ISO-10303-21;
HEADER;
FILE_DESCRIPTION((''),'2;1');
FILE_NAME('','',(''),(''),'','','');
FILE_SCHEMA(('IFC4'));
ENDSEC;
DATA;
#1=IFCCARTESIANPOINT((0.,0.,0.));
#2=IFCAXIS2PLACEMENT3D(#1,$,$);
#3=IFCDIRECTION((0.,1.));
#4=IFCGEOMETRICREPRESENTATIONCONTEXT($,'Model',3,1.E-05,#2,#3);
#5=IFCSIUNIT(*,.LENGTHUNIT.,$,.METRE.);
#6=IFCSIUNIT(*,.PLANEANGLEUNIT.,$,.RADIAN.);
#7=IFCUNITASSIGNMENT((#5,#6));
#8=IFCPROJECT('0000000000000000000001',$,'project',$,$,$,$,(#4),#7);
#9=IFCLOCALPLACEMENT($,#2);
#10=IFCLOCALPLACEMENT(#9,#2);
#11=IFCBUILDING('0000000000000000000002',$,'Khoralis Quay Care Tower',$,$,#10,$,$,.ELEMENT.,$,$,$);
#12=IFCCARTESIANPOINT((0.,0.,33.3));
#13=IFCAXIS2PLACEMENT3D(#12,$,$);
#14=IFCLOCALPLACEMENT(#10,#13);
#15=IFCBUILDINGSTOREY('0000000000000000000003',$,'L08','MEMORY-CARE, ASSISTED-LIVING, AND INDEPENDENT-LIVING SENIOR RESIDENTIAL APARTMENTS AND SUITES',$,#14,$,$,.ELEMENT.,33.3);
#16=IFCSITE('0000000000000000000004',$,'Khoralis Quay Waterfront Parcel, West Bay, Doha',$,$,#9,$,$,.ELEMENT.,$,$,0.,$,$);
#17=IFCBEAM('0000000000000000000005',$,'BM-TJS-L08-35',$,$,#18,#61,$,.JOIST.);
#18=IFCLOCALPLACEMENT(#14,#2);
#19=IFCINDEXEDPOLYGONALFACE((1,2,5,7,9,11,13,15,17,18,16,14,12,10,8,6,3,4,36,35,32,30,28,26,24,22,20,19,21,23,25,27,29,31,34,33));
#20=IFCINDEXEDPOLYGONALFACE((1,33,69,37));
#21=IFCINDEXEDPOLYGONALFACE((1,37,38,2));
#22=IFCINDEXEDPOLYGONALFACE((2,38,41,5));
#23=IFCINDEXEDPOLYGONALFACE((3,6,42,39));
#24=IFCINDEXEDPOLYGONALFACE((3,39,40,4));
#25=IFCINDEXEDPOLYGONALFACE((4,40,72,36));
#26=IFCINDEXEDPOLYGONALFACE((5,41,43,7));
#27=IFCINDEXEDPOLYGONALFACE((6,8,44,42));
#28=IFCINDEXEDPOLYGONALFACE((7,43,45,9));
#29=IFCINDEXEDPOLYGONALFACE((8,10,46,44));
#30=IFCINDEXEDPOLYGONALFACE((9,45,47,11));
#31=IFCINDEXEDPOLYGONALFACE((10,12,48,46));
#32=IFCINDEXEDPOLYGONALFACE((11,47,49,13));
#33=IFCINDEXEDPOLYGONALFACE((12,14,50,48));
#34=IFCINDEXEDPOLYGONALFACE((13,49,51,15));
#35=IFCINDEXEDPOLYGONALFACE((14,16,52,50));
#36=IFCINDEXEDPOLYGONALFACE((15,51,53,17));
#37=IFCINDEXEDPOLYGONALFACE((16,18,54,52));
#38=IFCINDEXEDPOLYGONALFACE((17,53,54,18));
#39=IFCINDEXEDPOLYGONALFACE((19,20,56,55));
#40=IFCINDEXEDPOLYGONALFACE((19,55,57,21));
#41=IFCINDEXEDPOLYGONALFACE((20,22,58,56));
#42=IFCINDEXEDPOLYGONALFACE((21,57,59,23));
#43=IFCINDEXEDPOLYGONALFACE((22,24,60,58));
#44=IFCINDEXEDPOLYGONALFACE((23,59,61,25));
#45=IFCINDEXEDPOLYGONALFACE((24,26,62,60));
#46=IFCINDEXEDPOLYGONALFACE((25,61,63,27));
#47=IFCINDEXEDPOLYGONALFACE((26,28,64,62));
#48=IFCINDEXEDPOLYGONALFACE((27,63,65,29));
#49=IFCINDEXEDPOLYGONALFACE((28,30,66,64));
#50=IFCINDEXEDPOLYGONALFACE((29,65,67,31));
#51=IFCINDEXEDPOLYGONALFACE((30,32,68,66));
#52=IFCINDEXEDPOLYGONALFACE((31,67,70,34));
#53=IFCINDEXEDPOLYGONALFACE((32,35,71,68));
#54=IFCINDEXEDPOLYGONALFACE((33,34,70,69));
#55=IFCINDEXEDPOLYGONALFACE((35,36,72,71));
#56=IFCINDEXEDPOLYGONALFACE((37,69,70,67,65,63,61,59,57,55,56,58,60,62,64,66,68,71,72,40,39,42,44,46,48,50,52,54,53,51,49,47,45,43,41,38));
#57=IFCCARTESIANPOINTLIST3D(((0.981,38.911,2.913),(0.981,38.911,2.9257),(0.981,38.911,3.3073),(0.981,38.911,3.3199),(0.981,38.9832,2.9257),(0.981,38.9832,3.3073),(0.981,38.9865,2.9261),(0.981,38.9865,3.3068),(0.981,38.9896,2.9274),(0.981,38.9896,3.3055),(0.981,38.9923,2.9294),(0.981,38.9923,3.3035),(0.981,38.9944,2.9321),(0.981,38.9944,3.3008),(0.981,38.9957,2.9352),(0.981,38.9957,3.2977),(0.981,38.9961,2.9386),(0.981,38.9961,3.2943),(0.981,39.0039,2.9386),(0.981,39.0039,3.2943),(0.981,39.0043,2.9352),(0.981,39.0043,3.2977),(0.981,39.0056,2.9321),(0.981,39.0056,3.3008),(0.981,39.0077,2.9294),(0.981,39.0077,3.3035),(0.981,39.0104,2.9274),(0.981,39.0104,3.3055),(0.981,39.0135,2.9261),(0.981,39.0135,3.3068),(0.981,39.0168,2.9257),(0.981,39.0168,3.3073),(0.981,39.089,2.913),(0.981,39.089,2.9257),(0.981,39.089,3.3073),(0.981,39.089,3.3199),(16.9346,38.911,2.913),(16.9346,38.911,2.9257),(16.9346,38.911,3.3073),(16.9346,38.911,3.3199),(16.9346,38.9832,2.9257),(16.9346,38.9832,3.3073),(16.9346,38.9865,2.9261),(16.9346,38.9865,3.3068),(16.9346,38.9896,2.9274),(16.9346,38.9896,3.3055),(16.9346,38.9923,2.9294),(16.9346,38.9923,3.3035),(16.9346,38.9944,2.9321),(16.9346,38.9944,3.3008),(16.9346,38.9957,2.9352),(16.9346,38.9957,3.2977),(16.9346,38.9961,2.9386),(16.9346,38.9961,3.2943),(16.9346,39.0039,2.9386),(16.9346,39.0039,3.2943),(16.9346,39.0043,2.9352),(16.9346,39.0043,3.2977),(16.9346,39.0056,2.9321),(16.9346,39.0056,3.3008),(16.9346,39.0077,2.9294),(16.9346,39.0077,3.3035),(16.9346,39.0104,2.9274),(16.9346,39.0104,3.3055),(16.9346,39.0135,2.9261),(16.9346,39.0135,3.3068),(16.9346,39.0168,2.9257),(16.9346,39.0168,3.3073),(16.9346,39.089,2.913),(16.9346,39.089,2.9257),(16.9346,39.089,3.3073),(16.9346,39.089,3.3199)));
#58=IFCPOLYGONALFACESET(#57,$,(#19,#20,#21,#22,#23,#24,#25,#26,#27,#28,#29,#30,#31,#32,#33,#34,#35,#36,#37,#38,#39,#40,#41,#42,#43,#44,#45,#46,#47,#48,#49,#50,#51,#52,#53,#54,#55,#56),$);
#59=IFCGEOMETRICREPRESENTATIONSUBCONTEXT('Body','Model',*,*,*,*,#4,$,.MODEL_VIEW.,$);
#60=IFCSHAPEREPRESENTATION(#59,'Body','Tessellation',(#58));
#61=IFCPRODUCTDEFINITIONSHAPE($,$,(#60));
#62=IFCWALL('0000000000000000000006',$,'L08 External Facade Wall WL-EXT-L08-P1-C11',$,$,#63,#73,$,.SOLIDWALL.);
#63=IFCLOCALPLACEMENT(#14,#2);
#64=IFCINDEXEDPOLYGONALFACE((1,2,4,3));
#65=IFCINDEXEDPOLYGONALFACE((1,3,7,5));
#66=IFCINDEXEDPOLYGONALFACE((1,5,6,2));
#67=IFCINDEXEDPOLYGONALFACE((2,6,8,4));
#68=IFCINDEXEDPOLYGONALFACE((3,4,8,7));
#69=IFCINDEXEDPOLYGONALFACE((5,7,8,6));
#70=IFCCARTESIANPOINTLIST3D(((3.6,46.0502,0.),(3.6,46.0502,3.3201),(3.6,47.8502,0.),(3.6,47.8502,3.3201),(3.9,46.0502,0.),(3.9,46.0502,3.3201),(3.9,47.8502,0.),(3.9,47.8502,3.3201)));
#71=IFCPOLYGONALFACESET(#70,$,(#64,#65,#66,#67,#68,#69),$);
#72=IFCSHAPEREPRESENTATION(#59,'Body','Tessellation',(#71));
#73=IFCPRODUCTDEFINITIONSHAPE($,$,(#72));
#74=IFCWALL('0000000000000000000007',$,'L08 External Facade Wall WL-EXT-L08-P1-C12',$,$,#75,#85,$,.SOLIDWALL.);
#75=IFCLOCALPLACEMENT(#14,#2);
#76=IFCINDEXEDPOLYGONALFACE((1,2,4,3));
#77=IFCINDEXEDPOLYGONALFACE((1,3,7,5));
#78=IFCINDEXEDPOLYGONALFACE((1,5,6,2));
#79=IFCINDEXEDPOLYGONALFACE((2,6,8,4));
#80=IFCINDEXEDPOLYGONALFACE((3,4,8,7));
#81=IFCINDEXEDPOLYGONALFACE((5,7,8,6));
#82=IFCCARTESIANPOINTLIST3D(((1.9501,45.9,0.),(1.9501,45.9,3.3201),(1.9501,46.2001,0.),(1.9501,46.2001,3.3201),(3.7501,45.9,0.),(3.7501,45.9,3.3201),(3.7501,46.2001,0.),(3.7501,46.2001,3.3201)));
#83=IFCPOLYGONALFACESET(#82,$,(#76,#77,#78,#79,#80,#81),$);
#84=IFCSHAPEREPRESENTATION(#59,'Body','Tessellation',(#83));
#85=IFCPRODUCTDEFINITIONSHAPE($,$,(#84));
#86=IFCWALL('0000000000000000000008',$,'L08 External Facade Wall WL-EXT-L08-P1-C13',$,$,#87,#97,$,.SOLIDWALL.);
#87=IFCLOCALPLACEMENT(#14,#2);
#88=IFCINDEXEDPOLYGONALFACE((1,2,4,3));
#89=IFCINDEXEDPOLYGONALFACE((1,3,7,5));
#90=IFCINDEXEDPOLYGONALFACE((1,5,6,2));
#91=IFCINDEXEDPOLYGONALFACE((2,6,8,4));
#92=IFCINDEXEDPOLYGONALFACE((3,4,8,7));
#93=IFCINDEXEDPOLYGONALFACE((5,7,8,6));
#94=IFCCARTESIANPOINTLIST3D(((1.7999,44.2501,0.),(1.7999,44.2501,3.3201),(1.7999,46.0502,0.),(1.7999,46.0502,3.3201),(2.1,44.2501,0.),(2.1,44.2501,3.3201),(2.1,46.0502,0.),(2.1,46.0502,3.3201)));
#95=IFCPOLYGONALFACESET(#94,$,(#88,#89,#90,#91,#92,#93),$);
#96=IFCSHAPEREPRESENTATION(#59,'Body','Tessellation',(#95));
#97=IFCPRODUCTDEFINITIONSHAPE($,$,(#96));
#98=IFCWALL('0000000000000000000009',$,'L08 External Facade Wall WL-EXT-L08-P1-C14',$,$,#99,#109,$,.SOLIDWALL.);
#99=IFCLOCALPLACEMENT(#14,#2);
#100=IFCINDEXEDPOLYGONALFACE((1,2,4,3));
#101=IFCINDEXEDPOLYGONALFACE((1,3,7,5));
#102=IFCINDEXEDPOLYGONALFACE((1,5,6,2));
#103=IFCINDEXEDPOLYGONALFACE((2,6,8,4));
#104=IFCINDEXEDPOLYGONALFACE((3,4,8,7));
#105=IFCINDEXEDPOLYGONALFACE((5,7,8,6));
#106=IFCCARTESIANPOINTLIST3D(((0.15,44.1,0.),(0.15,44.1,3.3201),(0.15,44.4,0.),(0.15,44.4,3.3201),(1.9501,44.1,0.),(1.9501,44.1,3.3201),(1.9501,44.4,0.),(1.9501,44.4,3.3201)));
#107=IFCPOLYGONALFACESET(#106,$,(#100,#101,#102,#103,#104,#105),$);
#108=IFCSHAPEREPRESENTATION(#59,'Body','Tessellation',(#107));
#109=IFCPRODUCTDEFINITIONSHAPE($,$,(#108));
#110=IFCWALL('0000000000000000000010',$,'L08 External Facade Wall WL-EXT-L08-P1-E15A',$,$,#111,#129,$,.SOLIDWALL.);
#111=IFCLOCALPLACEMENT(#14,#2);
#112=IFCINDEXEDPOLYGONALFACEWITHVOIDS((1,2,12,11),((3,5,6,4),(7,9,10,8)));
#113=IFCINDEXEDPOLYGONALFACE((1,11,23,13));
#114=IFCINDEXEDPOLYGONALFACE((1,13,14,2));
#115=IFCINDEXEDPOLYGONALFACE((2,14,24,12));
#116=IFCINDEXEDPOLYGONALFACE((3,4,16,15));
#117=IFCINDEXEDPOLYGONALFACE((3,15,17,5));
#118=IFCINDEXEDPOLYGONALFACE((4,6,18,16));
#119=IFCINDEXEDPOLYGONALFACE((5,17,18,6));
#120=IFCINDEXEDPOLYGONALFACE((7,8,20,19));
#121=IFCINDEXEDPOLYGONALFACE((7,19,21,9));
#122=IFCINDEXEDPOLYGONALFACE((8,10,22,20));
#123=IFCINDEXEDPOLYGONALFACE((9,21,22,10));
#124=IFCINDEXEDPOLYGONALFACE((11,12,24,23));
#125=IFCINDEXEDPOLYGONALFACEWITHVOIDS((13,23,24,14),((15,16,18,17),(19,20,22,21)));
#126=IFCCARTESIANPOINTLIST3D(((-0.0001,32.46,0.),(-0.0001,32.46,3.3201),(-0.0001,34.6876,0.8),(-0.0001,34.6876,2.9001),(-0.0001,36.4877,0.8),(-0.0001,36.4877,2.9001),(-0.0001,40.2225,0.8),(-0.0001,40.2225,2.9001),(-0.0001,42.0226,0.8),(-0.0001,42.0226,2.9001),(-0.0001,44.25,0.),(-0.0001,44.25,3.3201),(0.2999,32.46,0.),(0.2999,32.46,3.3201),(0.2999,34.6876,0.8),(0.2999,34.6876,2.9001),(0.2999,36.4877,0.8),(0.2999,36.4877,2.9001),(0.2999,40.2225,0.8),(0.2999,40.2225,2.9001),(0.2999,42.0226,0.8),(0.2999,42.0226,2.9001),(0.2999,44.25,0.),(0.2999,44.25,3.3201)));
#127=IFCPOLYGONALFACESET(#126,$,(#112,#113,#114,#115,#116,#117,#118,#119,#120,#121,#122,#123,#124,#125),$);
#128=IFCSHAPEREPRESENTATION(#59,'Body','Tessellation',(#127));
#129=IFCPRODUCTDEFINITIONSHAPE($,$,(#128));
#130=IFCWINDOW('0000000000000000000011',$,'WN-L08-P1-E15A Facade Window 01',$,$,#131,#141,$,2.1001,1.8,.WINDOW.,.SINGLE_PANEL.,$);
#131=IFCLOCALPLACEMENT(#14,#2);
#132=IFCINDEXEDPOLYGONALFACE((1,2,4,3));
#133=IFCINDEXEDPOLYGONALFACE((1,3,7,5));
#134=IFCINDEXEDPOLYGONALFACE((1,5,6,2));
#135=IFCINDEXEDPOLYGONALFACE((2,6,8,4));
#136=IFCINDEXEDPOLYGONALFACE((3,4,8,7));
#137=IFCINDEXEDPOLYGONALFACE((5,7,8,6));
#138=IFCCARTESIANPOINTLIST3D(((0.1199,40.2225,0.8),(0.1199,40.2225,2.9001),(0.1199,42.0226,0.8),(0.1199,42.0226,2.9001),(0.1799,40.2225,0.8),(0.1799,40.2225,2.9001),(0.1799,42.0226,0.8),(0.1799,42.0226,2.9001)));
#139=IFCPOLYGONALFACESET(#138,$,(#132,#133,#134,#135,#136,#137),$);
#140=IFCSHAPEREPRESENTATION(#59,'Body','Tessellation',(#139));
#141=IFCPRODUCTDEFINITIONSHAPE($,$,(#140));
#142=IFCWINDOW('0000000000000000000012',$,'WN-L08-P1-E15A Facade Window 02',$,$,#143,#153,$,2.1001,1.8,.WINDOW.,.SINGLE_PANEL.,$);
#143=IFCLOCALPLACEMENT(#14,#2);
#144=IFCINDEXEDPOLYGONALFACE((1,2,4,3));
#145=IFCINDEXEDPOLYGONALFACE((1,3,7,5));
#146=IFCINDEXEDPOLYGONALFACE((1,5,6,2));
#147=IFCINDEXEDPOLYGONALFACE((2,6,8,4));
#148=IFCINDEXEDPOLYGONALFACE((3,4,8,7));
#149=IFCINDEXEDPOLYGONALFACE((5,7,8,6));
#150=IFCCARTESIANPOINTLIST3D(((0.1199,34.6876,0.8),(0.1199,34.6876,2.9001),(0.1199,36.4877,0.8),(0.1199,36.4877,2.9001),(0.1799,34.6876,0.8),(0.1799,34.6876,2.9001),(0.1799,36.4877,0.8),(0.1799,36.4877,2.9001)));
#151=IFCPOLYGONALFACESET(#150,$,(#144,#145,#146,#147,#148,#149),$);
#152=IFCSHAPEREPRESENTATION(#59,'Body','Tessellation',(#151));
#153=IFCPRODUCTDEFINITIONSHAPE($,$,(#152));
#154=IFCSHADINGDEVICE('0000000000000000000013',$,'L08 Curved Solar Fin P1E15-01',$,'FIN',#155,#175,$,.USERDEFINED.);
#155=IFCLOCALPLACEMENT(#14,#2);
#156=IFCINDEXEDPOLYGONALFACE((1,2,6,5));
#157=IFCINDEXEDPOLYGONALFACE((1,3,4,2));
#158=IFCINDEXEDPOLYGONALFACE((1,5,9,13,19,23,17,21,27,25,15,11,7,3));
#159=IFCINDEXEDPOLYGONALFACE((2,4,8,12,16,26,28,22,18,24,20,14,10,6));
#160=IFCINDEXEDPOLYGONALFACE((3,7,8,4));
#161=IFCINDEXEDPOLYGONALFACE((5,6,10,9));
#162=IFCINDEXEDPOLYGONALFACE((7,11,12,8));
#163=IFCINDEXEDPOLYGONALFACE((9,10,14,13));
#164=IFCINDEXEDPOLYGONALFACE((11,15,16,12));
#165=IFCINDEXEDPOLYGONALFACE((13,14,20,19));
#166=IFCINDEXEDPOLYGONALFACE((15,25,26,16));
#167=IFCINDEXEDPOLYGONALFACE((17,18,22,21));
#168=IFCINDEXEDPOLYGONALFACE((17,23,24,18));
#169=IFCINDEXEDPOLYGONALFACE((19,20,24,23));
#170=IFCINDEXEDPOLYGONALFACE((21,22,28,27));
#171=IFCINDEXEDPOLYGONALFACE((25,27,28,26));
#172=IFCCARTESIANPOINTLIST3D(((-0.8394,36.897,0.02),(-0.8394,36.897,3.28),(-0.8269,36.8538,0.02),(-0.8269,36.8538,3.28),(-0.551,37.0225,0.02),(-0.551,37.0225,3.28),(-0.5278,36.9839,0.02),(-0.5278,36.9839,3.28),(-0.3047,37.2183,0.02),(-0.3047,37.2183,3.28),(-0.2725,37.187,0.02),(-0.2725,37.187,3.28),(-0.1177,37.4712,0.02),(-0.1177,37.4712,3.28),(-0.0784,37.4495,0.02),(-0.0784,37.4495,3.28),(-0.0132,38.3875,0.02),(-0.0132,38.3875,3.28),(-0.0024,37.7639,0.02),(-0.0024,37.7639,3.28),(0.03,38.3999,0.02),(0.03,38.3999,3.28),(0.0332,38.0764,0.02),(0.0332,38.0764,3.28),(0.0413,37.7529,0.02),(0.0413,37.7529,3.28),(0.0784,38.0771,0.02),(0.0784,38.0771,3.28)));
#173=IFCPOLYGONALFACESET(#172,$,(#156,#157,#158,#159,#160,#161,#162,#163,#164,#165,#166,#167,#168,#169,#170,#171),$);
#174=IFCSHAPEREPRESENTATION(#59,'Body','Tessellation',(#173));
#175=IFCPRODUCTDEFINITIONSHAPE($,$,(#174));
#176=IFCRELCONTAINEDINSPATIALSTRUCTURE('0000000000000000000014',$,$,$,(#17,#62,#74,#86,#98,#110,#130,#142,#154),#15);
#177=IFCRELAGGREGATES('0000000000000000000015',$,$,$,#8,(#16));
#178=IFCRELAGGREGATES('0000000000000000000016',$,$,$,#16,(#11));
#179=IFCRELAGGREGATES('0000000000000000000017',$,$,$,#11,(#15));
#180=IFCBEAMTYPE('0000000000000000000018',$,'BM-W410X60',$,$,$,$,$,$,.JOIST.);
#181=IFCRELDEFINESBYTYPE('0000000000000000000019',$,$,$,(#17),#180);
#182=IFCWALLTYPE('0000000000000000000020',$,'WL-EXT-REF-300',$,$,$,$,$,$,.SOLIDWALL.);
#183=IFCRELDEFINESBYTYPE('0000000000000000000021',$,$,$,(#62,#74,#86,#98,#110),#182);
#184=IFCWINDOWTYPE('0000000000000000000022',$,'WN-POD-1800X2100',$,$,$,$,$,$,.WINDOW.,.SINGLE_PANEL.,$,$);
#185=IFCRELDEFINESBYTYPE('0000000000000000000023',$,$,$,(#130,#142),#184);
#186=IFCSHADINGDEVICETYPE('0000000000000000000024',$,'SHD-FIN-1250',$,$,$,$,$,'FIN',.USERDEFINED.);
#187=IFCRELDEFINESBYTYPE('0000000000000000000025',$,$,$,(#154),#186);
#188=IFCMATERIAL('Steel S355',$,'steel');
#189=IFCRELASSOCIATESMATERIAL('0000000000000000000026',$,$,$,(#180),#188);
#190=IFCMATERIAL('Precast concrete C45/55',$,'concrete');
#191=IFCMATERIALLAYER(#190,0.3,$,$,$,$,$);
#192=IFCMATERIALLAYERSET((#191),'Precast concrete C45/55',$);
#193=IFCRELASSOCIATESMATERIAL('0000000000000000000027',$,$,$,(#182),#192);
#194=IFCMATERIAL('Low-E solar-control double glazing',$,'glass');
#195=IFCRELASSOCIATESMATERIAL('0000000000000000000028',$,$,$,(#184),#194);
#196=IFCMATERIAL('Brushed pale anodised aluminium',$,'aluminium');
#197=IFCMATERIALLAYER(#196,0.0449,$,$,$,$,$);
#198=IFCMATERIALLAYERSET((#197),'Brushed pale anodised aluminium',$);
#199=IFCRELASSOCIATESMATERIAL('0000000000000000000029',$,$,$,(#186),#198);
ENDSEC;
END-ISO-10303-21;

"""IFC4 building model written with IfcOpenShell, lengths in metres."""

from ifc_helpers import new_model, si_unit, direction, frame, frame_2d, origin, origin_2d, place, context, subcontext, project, spatial, polyline, rectangle, i_section, outline, extrude, source, transform, mapped, material, layer, layer_set, material_profile, profile_set, type_object, element, fill, save


model = new_model("IFC4")

# Units and contexts
model_context = context("Model", 3, precision=1e-05, world=origin(), true_north=direction((0.0, 1.0)))
body_context = subcontext(model_context, "Body", "Model", "MODEL_VIEW")
ifc_project = project(units=[si_unit("LENGTHUNIT", "METRE"), si_unit("PLANEANGLEUNIT", "RADIAN")], contexts=[model_context])

# Site, building, storey
site_placement = place(None, origin())
site = spatial("IfcSite", under=ifc_project, at=site_placement, Name="Khoralis Quay Waterfront Parcel, West Bay, Doha", CompositionType="ELEMENT", RefElevation=0.0)
building_placement = place(site_placement, origin())
building = spatial("IfcBuilding", under=site, at=building_placement, Name="Khoralis Quay Care Tower", CompositionType="ELEMENT")
storey_placement = place(building_placement, frame((0.0, 0.0, 33.3)))
storey = spatial("IfcBuildingStorey", under=building, at=storey_placement, Name="L08", Description="MEMORY-CARE, ASSISTED-LIVING, AND INDEPENDENT-LIVING SENIOR RESIDENTIAL APARTMENTS AND SUITES", CompositionType="ELEMENT", Elevation=33.3)

# Beam
ifc_material_1 = material(Name="Steel S355", Category="steel")
ifc_material_profile_1 = material_profile(ifc_material_1, i_section(OverallWidth=0.178, OverallDepth=0.407, WebThickness=0.0078, FlangeThickness=0.0127, FilletRadius=0.0129, at=origin_2d()), Name="Steel S355")
ifc_profile_set_1 = profile_set([ifc_material_profile_1], Name="Steel S355")
beam_type_1 = type_object("IfcBeamType", Name="BM-W410X60", PredefinedType="JOIST", material=ifc_profile_set_1)
shared_shape_1 = source(origin(), body_context, "Body", "SweptSolid", [
    extrude(i_section(OverallWidth=0.178, OverallDepth=0.407, WebThickness=0.0078, FlangeThickness=0.0127, FilletRadius=0.0129, at=origin_2d()), origin(), (0.0, 0.0, 1.0), 15.9536),
])
beam_1_placement = place(storey_placement, frame((0.981, 39.0, 3.1165), z_axis=(1.0, 0.0, 0.0), x_axis=(0.0, 1.0, 0.0)))
element("IfcBeam", 1, at=beam_1_placement, inside=storey, type_object=beam_type_1, Name="BM-TJS-L08-35", PredefinedType="JOIST", context=body_context, shape_type="MappedRepresentation", body=[
    mapped(shared_shape_1, transform((0.0, 0.0, 0.0), scale=1.0)),
])

# Walls
ifc_material_2 = material(Name="Precast concrete C45/55", Category="concrete")
ifc_layer_1 = layer(ifc_material_2, 0.3)
ifc_layer_set_1 = layer_set([ifc_layer_1], Name="Precast concrete C45/55")
wall_type = type_object("IfcWallType", Name="WL-EXT-REF-300", PredefinedType="SOLIDWALL", material=ifc_layer_set_1)
for number, where, z_axis, x_axis, name in (
    (2, (3.75, 47.8501, 0.0), (0.0, 0.0, 1.0), (0.0, -1.0, 0.0), "L08 External Facade Wall WL-EXT-L08-P1-C11"),
    (3, (3.75, 46.05, 0.0), (0.0, 0.0, 1.0), (-1.0, 0.0, 0.0), "L08 External Facade Wall WL-EXT-L08-P1-C12"),
    (4, (1.95, 46.05, 0.0), (0.0, 0.0, 1.0), (0.0, -1.0, 0.0), "L08 External Facade Wall WL-EXT-L08-P1-C13"),
    (5, (1.95, 44.25, 0.0), (0.0, 0.0, 1.0), (-1.0, 0.0, 0.0), "L08 External Facade Wall WL-EXT-L08-P1-C14"),
):
    element("IfcWall", number, at=place(storey_placement, frame(where, z_axis=z_axis, x_axis=x_axis)), inside=storey, type_object=wall_type, Name=name, PredefinedType="SOLIDWALL", context=body_context, shape_type="SweptSolid", body=[
        extrude(rectangle(XDim=1.8, YDim=0.3, at=frame_2d((0.8999, 0.0))), origin(), (0.0, 0.0, 1.0), 3.3201),
    ])

# Wall, openings, windows
wall_placement = place(storey_placement, frame((0.1499, 44.25, 0.0), z_axis=(0.0, 0.0, 1.0), x_axis=(0.0, -1.0, 0.0)))
wall = element("IfcWall", 6, at=wall_placement, inside=storey, type_object=wall_type, Name="L08 External Facade Wall WL-EXT-L08-P1-E15A", PredefinedType="SOLIDWALL", context=body_context, shape_type="SweptSolid", body=[
    extrude(rectangle(XDim=11.79, YDim=0.3, at=frame_2d((5.895, 0.0))), origin(), (0.0, 0.0, 1.0), 3.3201),
])
opening_1_placement = place(wall_placement, frame((2.2275, 0.0, 0.8)))
opening_1 = element("IfcOpeningElement", 7, at=opening_1_placement, cuts=wall, PredefinedType="OPENING", context=body_context, shape_type="SweptSolid", body=[
    extrude(rectangle(XDim=1.8, YDim=2.1001, at=frame_2d((0.8999, 1.05))), frame((0.0, 0.1602, 0.0), z_axis=(0.0, -1.0, 0.0), x_axis=(1.0, 0.0, 0.0)), (0.0, 0.0, 1.0), 0.3201),
])
opening_2_placement = place(wall_placement, frame((7.7625, 0.0, 0.8)))
opening_2 = element("IfcOpeningElement", 8, at=opening_2_placement, cuts=wall, PredefinedType="OPENING", context=body_context, shape_type="SweptSolid", body=[
    extrude(rectangle(XDim=1.8, YDim=2.1001, at=frame_2d((0.8999, 1.05))), frame((0.0, 0.1602, 0.0), z_axis=(0.0, -1.0, 0.0), x_axis=(1.0, 0.0, 0.0)), (0.0, 0.0, 1.0), 0.3201),
])
ifc_material_3 = material(Name="Low-E solar-control double glazing", Category="glass")
window_type = type_object("IfcWindowType", Name="WN-POD-1800X2100", PartitioningType="SINGLE_PANEL", PredefinedType="WINDOW", material=ifc_material_3)
shared_shape_2 = source(origin(), body_context, "Body", "SweptSolid", [
    extrude(rectangle(XDim=1.8, YDim=2.1001, at=frame_2d((0.8999, 1.05))), frame((0.0, 0.03, 0.0), z_axis=(0.0, -1.0, 0.0), x_axis=(1.0, 0.0, 0.0)), (0.0, 0.0, 1.0), 0.0601),
])
window_1_placement = place(opening_1_placement, origin())
window_1 = element("IfcWindow", 9, at=window_1_placement, inside=storey, type_object=window_type, Name="WN-L08-P1-E15A Facade Window 01", OverallHeight=2.1001, OverallWidth=1.8, PartitioningType="SINGLE_PANEL", PredefinedType="WINDOW", context=body_context, shape_type="MappedRepresentation", body=[
    mapped(shared_shape_2, transform((0.0, 0.0, 0.0), scale=1.0)),
])
fill(opening_1, window_1)
window_2_placement = place(opening_2_placement, origin())
window_2 = element("IfcWindow", 10, at=window_2_placement, inside=storey, type_object=window_type, Name="WN-L08-P1-E15A Facade Window 02", OverallHeight=2.1001, OverallWidth=1.8, PartitioningType="SINGLE_PANEL", PredefinedType="WINDOW", context=body_context, shape_type="MappedRepresentation", body=[
    mapped(shared_shape_2, transform((0.0, 0.0, 0.0), scale=1.0)),
])
fill(opening_2, window_2)

# Shading device
ifc_material_4 = material(Name="Brushed pale anodised aluminium", Category="aluminium")
ifc_layer_2 = layer(ifc_material_4, 0.0449)
ifc_layer_set_2 = layer_set([ifc_layer_2], Name="Brushed pale anodised aluminium")
shading_device_type = type_object("IfcShadingDeviceType", Name="SHD-FIN-1250", ElementType="FIN", PredefinedType="USERDEFINED", material=ifc_layer_set_2)
shared_shape_3 = source(origin(), body_context, "Body", "SweptSolid", [
    extrude(outline(polyline([(0.0, 0.0), (-0.0483, 0.3228), (-0.0112, 0.647), (0.1084, 0.9504), (0.3025, 1.2129), (0.5579, 1.416), (0.8569, 1.5461), (0.8694, 1.5029), (0.5811, 1.3774), (0.3347, 1.1816), (0.1477, 0.9287), (0.0325, 0.636), (-0.0032, 0.3235), (0.0432, 0.0125), (0.0, 0.0)])), origin(), (0.0, 0.0, 1.0), 3.26),
])
shading_device_placement = place(storey_placement, frame((0.03, 38.3999, 0.02), z_axis=(0.0, 0.0, 1.0), x_axis=(-1.0, 0.0, 0.0)))
element("IfcShadingDevice", 11, at=shading_device_placement, inside=storey, type_object=shading_device_type, Name="L08 Curved Solar Fin P1E15-01", ObjectType="FIN", PredefinedType="USERDEFINED", context=body_context, shape_type="MappedRepresentation", body=[
    mapped(shared_shape_3, transform((0.0, 0.0, 0.0), scale=1.0)),
])

save(model, "model.ifc")
